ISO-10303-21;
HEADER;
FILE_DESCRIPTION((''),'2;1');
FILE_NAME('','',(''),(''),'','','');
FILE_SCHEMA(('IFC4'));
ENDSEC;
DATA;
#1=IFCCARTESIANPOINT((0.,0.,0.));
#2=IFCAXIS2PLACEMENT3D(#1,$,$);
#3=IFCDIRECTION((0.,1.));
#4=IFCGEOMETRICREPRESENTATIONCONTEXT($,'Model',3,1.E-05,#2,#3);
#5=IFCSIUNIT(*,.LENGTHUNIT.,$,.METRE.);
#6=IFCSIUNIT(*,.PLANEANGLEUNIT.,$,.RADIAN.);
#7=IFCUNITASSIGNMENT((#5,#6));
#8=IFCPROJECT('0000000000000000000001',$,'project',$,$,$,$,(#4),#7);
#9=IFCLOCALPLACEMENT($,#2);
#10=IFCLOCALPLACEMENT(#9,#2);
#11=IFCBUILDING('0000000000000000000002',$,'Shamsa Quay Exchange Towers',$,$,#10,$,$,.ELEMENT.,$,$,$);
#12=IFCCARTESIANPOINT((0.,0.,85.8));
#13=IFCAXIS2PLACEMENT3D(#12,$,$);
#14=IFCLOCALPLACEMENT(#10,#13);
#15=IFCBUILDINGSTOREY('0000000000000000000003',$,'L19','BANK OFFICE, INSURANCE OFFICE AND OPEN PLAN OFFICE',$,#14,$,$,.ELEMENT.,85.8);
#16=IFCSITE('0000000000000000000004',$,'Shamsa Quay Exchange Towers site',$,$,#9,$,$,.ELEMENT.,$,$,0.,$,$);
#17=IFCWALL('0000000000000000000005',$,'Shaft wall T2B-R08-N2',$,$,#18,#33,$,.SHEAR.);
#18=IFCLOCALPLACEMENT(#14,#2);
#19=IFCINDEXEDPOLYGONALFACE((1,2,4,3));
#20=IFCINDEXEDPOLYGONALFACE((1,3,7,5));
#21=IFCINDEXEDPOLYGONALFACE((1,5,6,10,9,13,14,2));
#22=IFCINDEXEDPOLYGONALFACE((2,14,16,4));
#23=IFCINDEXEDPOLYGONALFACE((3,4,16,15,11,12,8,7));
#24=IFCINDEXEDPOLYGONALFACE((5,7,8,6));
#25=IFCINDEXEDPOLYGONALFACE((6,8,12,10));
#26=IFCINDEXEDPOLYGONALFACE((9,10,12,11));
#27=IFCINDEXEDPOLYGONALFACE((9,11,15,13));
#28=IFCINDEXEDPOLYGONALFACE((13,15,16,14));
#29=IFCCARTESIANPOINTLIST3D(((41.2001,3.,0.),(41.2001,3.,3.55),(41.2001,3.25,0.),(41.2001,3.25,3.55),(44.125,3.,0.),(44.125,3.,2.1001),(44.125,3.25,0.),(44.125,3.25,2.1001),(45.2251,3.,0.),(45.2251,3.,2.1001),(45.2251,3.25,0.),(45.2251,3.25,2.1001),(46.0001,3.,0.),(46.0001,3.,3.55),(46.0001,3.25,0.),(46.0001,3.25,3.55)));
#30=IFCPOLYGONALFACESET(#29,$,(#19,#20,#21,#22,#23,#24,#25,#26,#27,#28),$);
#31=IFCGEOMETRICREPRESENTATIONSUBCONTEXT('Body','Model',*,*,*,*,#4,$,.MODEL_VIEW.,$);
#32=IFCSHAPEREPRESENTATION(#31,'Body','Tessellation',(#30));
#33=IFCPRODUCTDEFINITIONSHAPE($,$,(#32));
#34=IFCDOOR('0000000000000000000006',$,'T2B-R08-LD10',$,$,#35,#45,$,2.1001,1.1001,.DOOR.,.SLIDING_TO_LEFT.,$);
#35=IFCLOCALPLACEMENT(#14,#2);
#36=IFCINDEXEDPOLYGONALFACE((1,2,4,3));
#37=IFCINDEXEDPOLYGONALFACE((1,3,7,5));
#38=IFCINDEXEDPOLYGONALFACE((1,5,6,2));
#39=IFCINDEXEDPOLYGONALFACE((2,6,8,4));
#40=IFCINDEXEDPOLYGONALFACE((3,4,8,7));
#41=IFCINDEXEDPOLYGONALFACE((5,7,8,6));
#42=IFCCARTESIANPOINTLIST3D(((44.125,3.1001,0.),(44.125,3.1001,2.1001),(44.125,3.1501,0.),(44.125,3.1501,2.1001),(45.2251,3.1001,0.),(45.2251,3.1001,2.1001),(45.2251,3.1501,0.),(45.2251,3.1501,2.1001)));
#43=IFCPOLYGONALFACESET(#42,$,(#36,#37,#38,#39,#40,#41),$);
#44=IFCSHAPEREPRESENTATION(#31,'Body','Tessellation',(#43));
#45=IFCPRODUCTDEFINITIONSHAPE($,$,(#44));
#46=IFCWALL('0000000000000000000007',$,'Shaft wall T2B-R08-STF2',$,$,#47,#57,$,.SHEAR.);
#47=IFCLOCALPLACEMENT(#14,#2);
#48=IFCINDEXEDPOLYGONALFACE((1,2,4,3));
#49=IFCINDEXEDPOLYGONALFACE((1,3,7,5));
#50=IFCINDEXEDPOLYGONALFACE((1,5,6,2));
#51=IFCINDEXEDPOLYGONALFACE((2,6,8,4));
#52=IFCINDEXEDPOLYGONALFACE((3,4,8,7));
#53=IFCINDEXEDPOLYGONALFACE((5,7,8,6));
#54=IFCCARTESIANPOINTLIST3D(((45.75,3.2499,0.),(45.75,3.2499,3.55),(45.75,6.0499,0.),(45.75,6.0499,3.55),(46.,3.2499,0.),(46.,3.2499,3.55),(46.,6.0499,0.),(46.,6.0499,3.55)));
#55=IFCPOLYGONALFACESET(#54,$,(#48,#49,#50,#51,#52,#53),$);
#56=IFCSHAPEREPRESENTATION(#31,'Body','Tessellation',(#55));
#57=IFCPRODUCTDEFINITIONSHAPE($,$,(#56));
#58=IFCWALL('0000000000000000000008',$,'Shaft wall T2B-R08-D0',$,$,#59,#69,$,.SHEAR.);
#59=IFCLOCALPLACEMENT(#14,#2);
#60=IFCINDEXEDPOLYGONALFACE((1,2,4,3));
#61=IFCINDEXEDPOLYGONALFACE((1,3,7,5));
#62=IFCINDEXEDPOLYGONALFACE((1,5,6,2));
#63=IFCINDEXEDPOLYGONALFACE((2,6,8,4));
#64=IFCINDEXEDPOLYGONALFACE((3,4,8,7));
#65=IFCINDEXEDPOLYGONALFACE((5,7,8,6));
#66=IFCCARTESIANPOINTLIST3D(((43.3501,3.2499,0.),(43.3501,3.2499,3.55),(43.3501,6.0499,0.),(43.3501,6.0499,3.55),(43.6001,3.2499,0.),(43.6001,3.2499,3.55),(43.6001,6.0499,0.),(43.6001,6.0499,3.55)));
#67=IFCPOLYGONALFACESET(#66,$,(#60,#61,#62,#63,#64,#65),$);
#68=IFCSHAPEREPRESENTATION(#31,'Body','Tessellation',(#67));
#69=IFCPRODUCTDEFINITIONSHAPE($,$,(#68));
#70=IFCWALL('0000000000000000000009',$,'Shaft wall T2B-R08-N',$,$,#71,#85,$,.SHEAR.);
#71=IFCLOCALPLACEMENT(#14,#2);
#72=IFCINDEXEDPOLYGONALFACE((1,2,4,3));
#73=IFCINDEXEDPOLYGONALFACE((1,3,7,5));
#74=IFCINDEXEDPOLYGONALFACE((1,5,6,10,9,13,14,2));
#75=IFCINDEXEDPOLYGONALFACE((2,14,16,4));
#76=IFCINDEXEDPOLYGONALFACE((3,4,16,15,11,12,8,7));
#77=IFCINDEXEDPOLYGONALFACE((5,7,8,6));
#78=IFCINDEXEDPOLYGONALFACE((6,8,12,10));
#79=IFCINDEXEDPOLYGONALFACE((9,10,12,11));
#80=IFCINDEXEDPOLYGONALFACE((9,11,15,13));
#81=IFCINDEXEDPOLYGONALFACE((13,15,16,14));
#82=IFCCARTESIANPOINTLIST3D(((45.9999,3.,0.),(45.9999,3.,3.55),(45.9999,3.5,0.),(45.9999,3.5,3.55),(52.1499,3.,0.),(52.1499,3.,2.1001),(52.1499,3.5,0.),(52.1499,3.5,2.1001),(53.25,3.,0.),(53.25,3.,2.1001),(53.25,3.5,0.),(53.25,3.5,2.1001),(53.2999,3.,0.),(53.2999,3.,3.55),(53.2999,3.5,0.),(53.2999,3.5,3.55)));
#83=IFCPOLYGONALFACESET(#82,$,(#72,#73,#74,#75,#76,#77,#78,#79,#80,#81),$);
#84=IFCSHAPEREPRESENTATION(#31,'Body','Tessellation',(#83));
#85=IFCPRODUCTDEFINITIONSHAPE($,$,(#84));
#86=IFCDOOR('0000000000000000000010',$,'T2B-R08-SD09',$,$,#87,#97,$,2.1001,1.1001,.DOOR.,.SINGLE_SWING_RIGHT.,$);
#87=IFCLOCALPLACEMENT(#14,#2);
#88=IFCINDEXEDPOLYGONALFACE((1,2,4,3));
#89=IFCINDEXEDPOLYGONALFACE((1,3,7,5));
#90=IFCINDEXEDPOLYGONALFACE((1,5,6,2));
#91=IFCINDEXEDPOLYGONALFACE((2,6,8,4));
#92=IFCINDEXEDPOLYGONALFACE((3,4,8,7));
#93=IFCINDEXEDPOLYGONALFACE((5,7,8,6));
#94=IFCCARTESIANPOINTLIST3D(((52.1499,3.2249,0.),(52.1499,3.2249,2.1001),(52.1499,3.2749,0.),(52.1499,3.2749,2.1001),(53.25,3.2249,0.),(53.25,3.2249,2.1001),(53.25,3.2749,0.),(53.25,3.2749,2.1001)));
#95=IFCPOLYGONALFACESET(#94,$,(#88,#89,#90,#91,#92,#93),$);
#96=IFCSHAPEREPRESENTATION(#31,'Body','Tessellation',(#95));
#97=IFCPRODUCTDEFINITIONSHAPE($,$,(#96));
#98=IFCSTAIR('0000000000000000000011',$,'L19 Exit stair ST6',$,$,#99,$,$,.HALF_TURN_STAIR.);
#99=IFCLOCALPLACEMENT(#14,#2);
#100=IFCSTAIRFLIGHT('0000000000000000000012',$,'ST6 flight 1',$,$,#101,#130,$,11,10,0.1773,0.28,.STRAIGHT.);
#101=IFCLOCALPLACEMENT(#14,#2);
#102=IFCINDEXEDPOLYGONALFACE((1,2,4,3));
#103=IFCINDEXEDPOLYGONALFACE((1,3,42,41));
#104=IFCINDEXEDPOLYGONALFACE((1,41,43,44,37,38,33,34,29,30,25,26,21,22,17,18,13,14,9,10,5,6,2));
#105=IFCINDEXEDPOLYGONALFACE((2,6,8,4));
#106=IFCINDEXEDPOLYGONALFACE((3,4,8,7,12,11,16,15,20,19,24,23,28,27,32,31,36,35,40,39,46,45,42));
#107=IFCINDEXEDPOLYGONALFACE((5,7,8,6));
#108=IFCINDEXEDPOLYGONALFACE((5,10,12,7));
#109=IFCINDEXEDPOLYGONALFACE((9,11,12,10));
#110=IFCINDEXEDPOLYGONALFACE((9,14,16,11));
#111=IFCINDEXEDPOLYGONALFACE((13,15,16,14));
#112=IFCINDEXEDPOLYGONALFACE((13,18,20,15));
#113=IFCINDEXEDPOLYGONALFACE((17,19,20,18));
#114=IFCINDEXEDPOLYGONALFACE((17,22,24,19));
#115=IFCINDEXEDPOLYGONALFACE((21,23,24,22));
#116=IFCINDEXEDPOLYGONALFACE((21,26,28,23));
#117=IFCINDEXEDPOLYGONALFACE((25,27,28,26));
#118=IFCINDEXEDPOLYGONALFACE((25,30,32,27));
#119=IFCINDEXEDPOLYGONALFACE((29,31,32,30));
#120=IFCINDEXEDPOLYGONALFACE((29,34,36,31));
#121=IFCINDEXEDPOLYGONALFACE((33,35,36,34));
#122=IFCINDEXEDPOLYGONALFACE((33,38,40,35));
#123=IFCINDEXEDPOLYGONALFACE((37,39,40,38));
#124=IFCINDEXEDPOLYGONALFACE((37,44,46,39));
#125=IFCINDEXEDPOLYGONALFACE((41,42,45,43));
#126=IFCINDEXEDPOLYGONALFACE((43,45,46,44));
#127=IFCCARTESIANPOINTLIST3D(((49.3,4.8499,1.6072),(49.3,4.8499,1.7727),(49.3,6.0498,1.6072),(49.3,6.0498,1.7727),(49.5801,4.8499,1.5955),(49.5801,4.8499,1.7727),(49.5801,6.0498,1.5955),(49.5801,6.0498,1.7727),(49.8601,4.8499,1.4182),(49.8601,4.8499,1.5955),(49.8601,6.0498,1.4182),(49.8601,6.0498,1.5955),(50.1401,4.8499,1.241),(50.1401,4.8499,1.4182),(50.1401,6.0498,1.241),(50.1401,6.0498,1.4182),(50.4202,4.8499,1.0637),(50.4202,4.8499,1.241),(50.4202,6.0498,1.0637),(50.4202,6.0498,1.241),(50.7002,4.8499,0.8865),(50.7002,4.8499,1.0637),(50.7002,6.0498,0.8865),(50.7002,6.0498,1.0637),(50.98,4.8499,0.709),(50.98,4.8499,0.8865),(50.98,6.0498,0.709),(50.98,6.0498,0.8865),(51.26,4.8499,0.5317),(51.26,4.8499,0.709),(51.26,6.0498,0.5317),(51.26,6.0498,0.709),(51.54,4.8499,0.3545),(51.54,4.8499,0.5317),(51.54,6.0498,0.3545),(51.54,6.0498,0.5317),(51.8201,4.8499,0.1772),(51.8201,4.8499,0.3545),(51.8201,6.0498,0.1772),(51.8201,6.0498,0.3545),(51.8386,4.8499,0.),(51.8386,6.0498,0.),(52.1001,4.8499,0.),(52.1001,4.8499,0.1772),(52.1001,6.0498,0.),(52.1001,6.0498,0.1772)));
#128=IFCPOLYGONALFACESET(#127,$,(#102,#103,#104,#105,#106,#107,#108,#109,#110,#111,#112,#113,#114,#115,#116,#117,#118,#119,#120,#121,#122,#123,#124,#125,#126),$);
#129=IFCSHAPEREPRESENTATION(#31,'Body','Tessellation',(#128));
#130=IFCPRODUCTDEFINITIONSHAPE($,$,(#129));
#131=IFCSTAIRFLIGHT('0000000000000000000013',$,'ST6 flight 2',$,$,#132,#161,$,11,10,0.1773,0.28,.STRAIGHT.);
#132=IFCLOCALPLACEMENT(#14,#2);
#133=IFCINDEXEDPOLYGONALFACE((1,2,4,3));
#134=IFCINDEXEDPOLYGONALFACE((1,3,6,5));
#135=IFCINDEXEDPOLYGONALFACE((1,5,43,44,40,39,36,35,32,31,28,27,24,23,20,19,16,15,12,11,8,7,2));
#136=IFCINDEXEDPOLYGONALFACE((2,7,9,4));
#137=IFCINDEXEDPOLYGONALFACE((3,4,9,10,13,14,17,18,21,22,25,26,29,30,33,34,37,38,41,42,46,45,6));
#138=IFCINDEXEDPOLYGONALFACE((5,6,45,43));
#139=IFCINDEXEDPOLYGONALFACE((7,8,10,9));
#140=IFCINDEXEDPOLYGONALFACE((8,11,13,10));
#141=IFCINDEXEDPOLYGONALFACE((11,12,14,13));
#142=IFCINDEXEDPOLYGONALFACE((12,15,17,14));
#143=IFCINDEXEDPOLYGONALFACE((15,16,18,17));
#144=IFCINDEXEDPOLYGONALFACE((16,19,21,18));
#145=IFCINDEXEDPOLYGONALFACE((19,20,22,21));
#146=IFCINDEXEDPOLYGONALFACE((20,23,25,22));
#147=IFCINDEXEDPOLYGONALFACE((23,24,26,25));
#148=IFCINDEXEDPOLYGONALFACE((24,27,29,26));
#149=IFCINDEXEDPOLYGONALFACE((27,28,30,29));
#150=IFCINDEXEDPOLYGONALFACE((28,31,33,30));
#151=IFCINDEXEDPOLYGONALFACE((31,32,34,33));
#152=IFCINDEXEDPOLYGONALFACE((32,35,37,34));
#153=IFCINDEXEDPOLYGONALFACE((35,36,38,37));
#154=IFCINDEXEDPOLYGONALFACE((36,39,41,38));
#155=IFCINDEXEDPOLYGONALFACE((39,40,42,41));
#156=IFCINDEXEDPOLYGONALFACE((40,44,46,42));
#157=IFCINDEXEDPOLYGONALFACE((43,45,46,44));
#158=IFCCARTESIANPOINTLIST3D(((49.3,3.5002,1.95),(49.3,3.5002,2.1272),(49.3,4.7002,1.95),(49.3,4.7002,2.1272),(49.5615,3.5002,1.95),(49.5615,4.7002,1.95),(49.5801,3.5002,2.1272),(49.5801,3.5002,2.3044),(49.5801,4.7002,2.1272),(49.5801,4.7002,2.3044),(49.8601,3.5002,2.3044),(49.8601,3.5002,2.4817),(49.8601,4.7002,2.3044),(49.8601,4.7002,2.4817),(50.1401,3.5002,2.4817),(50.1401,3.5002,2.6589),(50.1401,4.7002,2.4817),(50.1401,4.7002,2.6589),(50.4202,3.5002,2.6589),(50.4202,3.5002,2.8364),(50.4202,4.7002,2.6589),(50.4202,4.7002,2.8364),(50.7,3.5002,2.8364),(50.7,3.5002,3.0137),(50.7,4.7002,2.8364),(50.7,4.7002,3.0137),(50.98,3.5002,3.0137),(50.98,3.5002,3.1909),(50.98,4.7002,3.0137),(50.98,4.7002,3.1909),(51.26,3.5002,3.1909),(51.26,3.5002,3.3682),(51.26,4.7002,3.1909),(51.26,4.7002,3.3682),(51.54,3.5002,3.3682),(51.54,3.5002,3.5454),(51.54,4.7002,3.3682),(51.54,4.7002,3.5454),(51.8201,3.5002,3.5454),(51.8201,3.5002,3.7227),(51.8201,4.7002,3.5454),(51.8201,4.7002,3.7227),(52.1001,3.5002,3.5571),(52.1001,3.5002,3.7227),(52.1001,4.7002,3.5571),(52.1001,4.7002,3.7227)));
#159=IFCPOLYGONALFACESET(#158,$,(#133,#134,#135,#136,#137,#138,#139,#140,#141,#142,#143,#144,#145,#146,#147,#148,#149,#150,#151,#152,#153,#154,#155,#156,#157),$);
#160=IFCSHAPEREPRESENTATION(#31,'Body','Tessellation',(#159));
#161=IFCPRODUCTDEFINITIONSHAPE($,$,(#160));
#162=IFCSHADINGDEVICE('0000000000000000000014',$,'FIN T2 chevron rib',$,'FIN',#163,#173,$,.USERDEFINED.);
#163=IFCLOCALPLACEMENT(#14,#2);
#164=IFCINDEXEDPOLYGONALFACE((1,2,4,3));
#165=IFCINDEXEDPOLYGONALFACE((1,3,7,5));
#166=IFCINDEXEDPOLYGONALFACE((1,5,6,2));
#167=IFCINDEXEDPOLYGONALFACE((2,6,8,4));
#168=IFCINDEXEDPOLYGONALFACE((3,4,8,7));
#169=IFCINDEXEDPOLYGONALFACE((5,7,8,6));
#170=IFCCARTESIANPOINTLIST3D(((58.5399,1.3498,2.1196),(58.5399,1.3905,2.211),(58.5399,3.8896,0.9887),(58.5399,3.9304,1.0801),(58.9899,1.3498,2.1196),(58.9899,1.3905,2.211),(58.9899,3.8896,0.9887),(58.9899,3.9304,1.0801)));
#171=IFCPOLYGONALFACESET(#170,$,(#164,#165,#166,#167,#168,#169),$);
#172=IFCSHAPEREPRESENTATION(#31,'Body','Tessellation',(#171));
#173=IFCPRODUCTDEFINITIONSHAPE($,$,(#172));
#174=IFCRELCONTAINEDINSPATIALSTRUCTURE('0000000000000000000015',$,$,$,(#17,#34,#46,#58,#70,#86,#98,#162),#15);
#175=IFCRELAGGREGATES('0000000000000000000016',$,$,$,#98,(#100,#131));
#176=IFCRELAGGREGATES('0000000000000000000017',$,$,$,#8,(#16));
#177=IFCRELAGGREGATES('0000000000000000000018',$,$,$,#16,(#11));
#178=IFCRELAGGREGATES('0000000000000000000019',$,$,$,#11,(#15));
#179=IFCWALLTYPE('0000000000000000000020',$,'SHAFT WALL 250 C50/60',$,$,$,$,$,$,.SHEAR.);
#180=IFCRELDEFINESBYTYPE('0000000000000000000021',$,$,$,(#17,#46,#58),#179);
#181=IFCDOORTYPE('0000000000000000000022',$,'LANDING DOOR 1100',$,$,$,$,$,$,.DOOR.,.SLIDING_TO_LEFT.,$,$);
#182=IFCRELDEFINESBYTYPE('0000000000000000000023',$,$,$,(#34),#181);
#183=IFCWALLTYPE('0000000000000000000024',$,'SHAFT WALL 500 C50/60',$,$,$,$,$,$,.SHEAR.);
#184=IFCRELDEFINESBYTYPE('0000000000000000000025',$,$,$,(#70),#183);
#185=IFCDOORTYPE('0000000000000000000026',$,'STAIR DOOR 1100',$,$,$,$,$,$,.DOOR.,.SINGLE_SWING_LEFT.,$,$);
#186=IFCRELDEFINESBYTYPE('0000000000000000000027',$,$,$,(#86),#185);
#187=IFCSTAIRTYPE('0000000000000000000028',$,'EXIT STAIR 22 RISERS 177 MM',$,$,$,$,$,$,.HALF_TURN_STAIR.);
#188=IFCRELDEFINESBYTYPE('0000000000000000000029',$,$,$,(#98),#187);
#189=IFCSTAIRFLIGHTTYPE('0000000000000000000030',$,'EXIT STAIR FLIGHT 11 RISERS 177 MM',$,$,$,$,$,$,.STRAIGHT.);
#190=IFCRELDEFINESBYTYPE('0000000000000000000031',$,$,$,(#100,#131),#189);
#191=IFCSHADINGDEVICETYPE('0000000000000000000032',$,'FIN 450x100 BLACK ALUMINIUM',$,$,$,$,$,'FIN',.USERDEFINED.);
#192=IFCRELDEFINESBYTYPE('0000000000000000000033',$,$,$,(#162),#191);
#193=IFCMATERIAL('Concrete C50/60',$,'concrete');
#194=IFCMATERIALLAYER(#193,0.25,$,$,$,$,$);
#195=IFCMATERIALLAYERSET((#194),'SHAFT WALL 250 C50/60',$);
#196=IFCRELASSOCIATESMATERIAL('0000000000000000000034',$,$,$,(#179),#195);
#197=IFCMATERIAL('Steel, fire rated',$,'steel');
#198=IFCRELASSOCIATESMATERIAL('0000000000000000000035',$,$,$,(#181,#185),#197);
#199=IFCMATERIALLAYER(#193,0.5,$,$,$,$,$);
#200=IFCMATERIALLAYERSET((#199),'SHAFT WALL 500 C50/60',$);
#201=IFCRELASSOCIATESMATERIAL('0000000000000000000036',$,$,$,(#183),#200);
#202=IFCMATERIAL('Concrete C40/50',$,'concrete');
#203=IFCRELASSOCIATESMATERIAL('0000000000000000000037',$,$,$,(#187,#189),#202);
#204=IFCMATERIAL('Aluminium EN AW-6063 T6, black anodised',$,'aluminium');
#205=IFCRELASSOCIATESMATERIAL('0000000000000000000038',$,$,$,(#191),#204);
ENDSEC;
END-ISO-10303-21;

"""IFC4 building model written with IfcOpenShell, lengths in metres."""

from ifc_helpers import new_model, si_unit, direction, frame, frame_2d, origin, origin_2d, place, context, subcontext, project, spatial, polyline, rectangle, outline, extrude, material, layer, layer_set, material_profile, profile_set, type_object, element, fill, aggregate, save


model = new_model("IFC4")

# Units and contexts
model_context = context("Model", 3, precision=1e-05, world=origin(), true_north=direction((0.0, 1.0)))
body_context = subcontext(model_context, "Body", "Model", "MODEL_VIEW")
ifc_project = project(units=[si_unit("LENGTHUNIT", "METRE"), si_unit("PLANEANGLEUNIT", "RADIAN")], contexts=[model_context])

# Site, building, storey
site_placement = place(None, origin())
site = spatial("IfcSite", under=ifc_project, at=site_placement, Name="Shamsa Quay Exchange Towers site", CompositionType="ELEMENT", RefElevation=0.0)
building_placement = place(site_placement, origin())
building = spatial("IfcBuilding", under=site, at=building_placement, Name="Shamsa Quay Exchange Towers", CompositionType="ELEMENT")
storey_placement = place(building_placement, frame((0.0, 0.0, 85.8)))
storey = spatial("IfcBuildingStorey", under=building, at=storey_placement, Name="L19", Description="BANK OFFICE, INSURANCE OFFICE AND OPEN PLAN OFFICE", CompositionType="ELEMENT", Elevation=85.8)

# Shared definitions
ifc_material_1 = material(Name="Aluminium EN AW-6063 T6, black anodised", Category="aluminium")

# Wall, opening, door
ifc_material_2 = material(Name="Concrete C50/60", Category="concrete")
ifc_layer_1 = layer(ifc_material_2, 0.25)
ifc_layer_set_1 = layer_set([ifc_layer_1], Name="SHAFT WALL 250 C50/60")
wall_type_1 = type_object("IfcWallType", Name="SHAFT WALL 250 C50/60", PredefinedType="SHEAR", material=ifc_layer_set_1)
wall_1_placement = place(storey_placement, frame((46.0, 3.125, 0.0), z_axis=(0.0, 0.0, 1.0), x_axis=(-1.0, 0.0, 0.0)))
wall_1 = element("IfcWall", 1, at=wall_1_placement, inside=storey, type_object=wall_type_1, Name="Shaft wall T2B-R08-N2", PredefinedType="SHEAR", context=body_context, shape_type="SweptSolid", body=[
    extrude(rectangle(XDim=4.8, YDim=0.25, at=frame_2d((2.3999, 0.0))), origin(), (0.0, 0.0, 1.0), 3.55),
])
opening_1_placement = place(wall_1_placement, frame((0.7749, 0.0, 0.0)))
opening_1 = element("IfcOpeningElement", 2, at=opening_1_placement, cuts=wall_1, PredefinedType="OPENING", context=body_context, shape_type="SweptSolid", body=[
    extrude(rectangle(XDim=1.1001, YDim=2.1001, at=frame_2d((0.55, 1.05))), frame((0.0, 0.135, 0.0), z_axis=(0.0, -1.0, 0.0), x_axis=(1.0, 0.0, 0.0)), (0.0, 0.0, 1.0), 0.27),
])
ifc_material_3 = material(Name="Steel, fire rated", Category="steel")
door_type_1 = type_object("IfcDoorType", Name="LANDING DOOR 1100", OperationType="SLIDING_TO_LEFT", PredefinedType="DOOR", material=ifc_material_3)
door_1_placement = place(opening_1_placement, origin())
door_1 = element("IfcDoor", 3, at=door_1_placement, inside=storey, type_object=door_type_1, Name="T2B-R08-LD10", OperationType="SLIDING_TO_LEFT", OverallHeight=2.1001, OverallWidth=1.1001, PredefinedType="DOOR", context=body_context, shape_type="SweptSolid", body=[
    extrude(rectangle(XDim=1.1001, YDim=2.1001, at=frame_2d((0.55, 1.05))), frame((0.0, 0.0249, 0.0), z_axis=(0.0, -1.0, 0.0), x_axis=(1.0, 0.0, 0.0)), (0.0, 0.0, 1.0), 0.05),
])
fill(opening_1, door_1)

# Walls
for number, where, z_axis, x_axis, name in (
    (4, (45.875, 3.25, 0.0), (0.0, 0.0, 1.0), (0.0, 1.0, 0.0), "Shaft wall T2B-R08-STF2"),
    (5, (43.4751, 3.25, 0.0), (0.0, 0.0, 1.0), (0.0, 1.0, 0.0), "Shaft wall T2B-R08-D0"),
):
    element("IfcWall", number, at=place(storey_placement, frame(where, z_axis=z_axis, x_axis=x_axis)), inside=storey, type_object=wall_type_1, Name=name, PredefinedType="SHEAR", context=body_context, shape_type="SweptSolid", body=[
        extrude(rectangle(XDim=2.8, YDim=0.25, at=frame_2d((1.3999, 0.0))), origin(), (0.0, 0.0, 1.0), 3.55),
    ])

# Wall, opening, door
ifc_layer_2 = layer(ifc_material_2, 0.5)
ifc_layer_set_2 = layer_set([ifc_layer_2], Name="SHAFT WALL 500 C50/60")
wall_type_2 = type_object("IfcWallType", Name="SHAFT WALL 500 C50/60", PredefinedType="SHEAR", material=ifc_layer_set_2)
wall_2_placement = place(storey_placement, frame((46.0, 3.25, 0.0)))
wall_2 = element("IfcWall", 6, at=wall_2_placement, inside=storey, type_object=wall_type_2, Name="Shaft wall T2B-R08-N", PredefinedType="SHEAR", context=body_context, shape_type="SweptSolid", body=[
    extrude(rectangle(XDim=7.3, YDim=0.5, at=frame_2d((3.6499, 0.0))), origin(), (0.0, 0.0, 1.0), 3.55),
])
opening_2_placement = place(wall_2_placement, frame((6.1499, 0.0, 0.0)))
opening_2 = element("IfcOpeningElement", 7, at=opening_2_placement, cuts=wall_2, PredefinedType="OPENING", context=body_context, shape_type="SweptSolid", body=[
    extrude(rectangle(XDim=1.1001, YDim=2.1001, at=frame_2d((0.55, 1.05))), frame((0.0, 0.26, 0.0), z_axis=(0.0, -1.0, 0.0), x_axis=(1.0, 0.0, 0.0)), (0.0, 0.0, 1.0), 0.52),
])
door_type_2 = type_object("IfcDoorType", Name="STAIR DOOR 1100", OperationType="SINGLE_SWING_LEFT", PredefinedType="DOOR", material=ifc_material_3)
door_2_placement = place(opening_2_placement, origin())
door_2 = element("IfcDoor", 8, at=door_2_placement, inside=storey, type_object=door_type_2, Name="T2B-R08-SD09", OperationType="SINGLE_SWING_RIGHT", OverallHeight=2.1001, OverallWidth=1.1001, PredefinedType="DOOR", context=body_context, shape_type="SweptSolid", body=[
    extrude(rectangle(XDim=1.1001, YDim=2.1001, at=frame_2d((0.55, 1.05))), frame((0.0, 0.0249, 0.0), z_axis=(0.0, -1.0, 0.0), x_axis=(1.0, 0.0, 0.0)), (0.0, 0.0, 1.0), 0.05),
])
fill(opening_2, door_2)

# Stair, stair flights
ifc_material_4 = material(Name="Concrete C40/50", Category="concrete")
stair_type = type_object("IfcStairType", Name="EXIT STAIR 22 RISERS 177 MM", PredefinedType="HALF_TURN_STAIR", material=ifc_material_4)
stair_placement = place(storey_placement, origin())
stair = element("IfcStair", 9, at=stair_placement, inside=storey, type_object=stair_type, Name="L19 Exit stair ST6", PredefinedType="HALF_TURN_STAIR")
stair_flight_type = type_object("IfcStairFlightType", Name="EXIT STAIR FLIGHT 11 RISERS 177 MM", PredefinedType="STRAIGHT", material=ifc_material_4)
stair_flight_1_placement = place(storey_placement, frame((52.1001, 5.45, 0.0), z_axis=(0.0, 0.0, 1.0), x_axis=(-1.0, 0.0, 0.0)))
stair_flight_1 = element("IfcStairFlight", 10, at=stair_flight_1_placement, type_object=stair_flight_type, Name="ST6 flight 1", NumberOfRisers=11, NumberOfTreads=10, PredefinedType="STRAIGHT", RiserHeight=0.1773, TreadLength=0.28, context=body_context, shape_type="SweptSolid", body=[
    extrude(outline(polyline([(0.0, 0.0), (0.0, 0.1772), (0.28, 0.1772), (0.28, 0.3545), (0.5601, 0.3545), (0.5601, 0.5317), (0.8401, 0.5317), (0.8401, 0.709), (1.1201, 0.709), (1.1201, 0.8865), (1.3999, 0.8865), (1.3999, 1.0637), (1.6799, 1.0637), (1.6799, 1.241), (1.96, 1.241), (1.96, 1.4182), (2.24, 1.4182), (2.24, 1.5955), (2.52, 1.5955), (2.52, 1.7727), (2.8, 1.7727), (2.8, 1.95), (2.8, 1.6072), (0.2615, 0.0), (0.0, 0.0)])), frame((0.0, 0.6001, 0.0), z_axis=(0.0, -1.0, 0.0), x_axis=(1.0, 0.0, 0.0)), (0.0, 0.0, 1.0), 1.2),
])
stair_flight_2_placement = place(storey_placement, frame((49.3, 4.1001, 1.95)))
stair_flight_2 = element("IfcStairFlight", 11, at=stair_flight_2_placement, type_object=stair_flight_type, Name="ST6 flight 2", NumberOfRisers=11, NumberOfTreads=10, PredefinedType="STRAIGHT", RiserHeight=0.1773, TreadLength=0.28, context=body_context, shape_type="SweptSolid", body=[
    extrude(outline(polyline([(0.0, 0.0), (0.0, 0.1772), (0.28, 0.1772), (0.28, 0.3545), (0.5601, 0.3545), (0.5601, 0.5317), (0.8401, 0.5317), (0.8401, 0.709), (1.1201, 0.709), (1.1201, 0.8865), (1.3999, 0.8865), (1.3999, 1.0637), (1.6799, 1.0637), (1.6799, 1.241), (1.96, 1.241), (1.96, 1.4182), (2.24, 1.4182), (2.24, 1.5955), (2.52, 1.5955), (2.52, 1.7727), (2.8, 1.7727), (2.8, 1.95), (2.8, 1.6072), (0.2615, 0.0), (0.0, 0.0)])), frame((0.0, 0.6001, 0.0), z_axis=(0.0, -1.0, 0.0), x_axis=(1.0, 0.0, 0.0)), (0.0, 0.0, 1.0), 1.2),
])
aggregate(stair, [stair_flight_1, stair_flight_2])

# Shading device
ifc_material_profile_1 = material_profile(ifc_material_1, rectangle(XDim=0.45, YDim=0.1001, at=origin_2d()), Name="FIN450x100")
ifc_profile_set_1 = profile_set([ifc_material_profile_1], Name="Aluminium EN AW-6063 T6, black anodised")
shading_device_type = type_object("IfcShadingDeviceType", Name="FIN 450x100 BLACK ALUMINIUM", ElementType="FIN", PredefinedType="USERDEFINED", material=ifc_profile_set_1)
shading_device_1_placement = place(storey_placement, frame((58.7649, 1.3701, 2.1653), z_axis=(0.0, 0.913536, -0.406758), x_axis=(-1.0, 0.0, 0.0)))
element("IfcShadingDevice", 12, at=shading_device_1_placement, inside=storey, type_object=shading_device_type, Name="FIN T2 chevron rib", ObjectType="FIN", PredefinedType="USERDEFINED", context=body_context, shape_type="SweptSolid", body=[
    extrude(rectangle(XDim=0.45, YDim=0.1001, at=origin_2d()), origin(), (0.0, 0.0, 1.0), 2.7803),
])

save(model, "model.ifc")
